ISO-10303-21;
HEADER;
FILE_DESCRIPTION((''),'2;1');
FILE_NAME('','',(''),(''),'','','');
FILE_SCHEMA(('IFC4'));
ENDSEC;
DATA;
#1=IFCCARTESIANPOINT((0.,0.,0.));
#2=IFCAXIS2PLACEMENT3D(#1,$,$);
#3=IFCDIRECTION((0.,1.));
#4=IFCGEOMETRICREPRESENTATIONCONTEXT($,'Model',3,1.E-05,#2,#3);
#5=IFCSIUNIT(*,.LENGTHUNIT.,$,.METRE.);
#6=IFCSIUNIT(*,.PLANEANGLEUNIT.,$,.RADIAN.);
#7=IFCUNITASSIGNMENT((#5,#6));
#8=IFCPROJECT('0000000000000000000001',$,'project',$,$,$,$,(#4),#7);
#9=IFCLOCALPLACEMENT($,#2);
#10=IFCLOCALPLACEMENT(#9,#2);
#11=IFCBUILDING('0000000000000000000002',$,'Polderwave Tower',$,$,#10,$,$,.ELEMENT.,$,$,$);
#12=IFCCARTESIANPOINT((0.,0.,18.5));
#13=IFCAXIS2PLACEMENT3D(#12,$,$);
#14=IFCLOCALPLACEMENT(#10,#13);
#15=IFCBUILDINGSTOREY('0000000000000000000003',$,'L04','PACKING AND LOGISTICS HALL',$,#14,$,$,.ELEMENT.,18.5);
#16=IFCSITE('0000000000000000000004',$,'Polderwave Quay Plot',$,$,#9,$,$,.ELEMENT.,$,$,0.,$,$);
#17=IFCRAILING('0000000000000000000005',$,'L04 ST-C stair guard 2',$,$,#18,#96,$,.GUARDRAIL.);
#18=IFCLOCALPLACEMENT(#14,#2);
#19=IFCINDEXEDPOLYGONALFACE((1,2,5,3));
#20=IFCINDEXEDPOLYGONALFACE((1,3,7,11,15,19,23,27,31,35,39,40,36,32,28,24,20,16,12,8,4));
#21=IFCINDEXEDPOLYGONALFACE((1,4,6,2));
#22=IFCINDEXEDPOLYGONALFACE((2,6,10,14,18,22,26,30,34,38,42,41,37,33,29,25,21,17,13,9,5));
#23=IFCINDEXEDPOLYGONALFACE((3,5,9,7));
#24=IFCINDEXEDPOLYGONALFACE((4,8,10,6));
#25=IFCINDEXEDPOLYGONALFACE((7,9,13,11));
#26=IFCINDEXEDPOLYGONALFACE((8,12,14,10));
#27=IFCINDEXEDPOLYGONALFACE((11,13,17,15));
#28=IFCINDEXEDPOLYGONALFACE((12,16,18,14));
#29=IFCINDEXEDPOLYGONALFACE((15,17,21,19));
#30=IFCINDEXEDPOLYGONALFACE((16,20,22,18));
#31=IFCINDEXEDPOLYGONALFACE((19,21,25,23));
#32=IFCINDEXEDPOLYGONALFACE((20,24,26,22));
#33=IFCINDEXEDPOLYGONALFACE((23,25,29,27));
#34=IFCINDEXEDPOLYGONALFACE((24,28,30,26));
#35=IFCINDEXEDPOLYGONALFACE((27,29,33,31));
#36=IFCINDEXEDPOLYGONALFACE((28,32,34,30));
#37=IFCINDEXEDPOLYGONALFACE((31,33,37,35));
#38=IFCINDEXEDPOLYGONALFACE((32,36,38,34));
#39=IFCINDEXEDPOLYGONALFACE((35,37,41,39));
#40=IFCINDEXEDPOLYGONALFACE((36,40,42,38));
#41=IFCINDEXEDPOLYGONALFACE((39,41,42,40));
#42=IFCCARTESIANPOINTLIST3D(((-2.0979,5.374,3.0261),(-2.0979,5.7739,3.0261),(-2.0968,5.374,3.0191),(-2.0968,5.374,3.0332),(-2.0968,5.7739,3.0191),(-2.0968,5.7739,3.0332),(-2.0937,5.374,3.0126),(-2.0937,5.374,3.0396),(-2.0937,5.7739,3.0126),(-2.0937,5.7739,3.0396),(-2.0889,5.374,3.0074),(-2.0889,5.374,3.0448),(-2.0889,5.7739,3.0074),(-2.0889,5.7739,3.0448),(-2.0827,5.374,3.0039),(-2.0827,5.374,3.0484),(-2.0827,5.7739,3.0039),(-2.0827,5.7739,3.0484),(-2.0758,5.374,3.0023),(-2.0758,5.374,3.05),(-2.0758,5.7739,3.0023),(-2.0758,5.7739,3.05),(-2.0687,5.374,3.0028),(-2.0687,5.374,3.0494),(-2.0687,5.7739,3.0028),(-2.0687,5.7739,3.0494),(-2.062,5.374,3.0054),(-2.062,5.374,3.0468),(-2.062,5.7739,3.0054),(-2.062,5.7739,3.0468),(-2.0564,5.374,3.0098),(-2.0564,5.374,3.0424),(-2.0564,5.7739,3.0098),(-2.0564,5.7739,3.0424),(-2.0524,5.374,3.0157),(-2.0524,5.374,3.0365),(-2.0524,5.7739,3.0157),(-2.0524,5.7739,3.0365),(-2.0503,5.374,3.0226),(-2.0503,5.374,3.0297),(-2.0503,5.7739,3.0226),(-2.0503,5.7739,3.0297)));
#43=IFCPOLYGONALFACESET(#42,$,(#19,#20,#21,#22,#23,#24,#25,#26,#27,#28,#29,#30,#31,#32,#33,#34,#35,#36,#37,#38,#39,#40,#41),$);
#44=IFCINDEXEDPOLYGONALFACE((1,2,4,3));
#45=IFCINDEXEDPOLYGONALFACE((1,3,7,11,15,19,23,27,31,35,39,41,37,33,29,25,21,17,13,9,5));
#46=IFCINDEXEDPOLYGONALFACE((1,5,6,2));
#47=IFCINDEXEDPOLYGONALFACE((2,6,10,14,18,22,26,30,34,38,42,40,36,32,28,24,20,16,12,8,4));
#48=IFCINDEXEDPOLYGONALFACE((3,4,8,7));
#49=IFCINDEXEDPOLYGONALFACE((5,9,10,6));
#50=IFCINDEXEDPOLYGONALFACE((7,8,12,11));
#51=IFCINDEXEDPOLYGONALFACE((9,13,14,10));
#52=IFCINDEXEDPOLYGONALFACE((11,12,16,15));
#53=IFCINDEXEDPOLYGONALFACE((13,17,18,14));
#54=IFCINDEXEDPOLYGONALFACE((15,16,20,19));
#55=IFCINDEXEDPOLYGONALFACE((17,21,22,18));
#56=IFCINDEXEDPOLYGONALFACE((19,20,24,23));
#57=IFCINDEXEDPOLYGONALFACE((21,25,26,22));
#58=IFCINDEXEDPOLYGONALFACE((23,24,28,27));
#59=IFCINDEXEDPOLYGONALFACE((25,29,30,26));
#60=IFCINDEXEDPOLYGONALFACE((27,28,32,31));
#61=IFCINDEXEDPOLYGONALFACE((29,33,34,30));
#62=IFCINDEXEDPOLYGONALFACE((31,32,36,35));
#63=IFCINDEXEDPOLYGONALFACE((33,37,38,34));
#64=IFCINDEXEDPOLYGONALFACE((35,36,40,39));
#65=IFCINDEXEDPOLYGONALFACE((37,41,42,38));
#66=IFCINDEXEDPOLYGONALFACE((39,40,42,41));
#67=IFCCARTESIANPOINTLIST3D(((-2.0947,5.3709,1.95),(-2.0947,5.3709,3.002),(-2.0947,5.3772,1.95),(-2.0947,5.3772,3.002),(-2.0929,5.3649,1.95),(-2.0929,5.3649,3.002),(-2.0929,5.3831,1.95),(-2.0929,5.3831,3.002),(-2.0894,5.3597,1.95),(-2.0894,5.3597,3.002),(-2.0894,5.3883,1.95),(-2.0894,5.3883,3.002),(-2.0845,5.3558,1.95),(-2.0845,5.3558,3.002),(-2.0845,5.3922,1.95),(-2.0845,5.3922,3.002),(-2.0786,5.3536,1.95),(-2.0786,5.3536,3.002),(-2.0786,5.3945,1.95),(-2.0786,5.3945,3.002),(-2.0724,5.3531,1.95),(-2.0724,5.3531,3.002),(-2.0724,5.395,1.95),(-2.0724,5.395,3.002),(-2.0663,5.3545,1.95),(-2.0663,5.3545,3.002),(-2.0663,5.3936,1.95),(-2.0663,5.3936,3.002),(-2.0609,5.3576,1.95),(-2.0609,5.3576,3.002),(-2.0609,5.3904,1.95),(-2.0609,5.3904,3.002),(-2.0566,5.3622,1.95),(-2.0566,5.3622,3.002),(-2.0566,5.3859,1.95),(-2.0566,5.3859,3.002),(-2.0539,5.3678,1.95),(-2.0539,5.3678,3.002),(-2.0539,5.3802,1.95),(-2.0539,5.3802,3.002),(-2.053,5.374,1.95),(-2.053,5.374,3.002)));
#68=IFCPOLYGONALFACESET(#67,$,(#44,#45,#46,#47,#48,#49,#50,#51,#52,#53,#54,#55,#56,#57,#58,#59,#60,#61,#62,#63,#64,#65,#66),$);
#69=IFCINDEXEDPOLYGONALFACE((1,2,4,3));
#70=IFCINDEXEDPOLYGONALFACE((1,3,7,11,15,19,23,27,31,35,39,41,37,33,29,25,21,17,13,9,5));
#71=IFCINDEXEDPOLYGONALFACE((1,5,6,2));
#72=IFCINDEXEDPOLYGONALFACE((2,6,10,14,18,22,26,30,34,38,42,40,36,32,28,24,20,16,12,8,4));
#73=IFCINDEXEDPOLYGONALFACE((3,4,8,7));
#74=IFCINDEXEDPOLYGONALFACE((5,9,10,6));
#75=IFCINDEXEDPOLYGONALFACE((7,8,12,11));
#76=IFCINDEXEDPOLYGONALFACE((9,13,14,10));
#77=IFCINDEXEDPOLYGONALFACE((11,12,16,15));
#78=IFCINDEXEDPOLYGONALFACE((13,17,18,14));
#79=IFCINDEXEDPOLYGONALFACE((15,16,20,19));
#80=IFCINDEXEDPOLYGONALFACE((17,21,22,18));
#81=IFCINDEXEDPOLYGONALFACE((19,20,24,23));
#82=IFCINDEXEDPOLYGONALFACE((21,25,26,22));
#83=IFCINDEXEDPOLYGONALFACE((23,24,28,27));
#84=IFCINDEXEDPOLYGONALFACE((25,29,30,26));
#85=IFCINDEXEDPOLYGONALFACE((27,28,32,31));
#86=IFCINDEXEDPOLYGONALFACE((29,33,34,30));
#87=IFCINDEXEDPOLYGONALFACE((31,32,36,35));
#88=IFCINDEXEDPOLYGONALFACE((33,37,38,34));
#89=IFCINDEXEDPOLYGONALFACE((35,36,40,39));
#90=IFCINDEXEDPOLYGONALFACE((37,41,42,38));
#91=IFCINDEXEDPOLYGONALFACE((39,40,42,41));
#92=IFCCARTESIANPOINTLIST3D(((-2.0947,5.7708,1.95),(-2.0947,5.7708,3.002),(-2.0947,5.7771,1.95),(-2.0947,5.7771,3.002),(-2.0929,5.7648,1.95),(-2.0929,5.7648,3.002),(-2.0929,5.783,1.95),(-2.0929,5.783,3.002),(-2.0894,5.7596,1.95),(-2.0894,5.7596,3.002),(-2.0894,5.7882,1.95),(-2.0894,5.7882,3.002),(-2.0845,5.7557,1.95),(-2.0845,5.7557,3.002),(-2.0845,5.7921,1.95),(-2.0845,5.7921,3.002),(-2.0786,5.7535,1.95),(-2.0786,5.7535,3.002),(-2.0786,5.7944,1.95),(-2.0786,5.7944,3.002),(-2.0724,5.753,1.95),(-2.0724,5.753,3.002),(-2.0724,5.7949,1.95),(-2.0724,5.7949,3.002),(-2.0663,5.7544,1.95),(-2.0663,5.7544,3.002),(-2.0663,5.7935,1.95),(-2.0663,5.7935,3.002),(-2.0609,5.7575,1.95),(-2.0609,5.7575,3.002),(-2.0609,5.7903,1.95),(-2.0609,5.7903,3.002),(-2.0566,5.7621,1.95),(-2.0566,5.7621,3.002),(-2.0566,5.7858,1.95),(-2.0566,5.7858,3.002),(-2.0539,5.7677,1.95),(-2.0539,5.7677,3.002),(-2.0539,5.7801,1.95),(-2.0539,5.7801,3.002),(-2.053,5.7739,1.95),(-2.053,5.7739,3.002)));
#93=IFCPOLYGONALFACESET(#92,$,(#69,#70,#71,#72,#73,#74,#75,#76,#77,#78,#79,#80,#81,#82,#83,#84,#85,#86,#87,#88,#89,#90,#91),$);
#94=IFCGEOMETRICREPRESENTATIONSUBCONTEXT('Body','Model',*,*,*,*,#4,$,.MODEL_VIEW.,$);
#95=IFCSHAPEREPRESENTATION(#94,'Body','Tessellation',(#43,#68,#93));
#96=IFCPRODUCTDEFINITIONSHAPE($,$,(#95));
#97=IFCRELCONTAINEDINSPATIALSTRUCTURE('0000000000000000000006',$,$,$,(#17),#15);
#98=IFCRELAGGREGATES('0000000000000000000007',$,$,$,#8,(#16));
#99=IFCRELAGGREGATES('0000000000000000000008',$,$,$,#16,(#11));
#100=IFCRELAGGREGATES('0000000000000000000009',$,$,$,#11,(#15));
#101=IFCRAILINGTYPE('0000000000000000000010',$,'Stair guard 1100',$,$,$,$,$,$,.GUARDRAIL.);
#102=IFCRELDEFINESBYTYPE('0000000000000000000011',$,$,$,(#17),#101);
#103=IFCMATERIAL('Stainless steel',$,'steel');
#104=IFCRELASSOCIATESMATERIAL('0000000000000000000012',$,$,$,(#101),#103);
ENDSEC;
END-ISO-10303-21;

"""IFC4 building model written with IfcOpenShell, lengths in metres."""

from ifc_helpers import new_model, si_unit, direction, frame, origin, origin_2d, place, context, subcontext, project, spatial, circle, extrude, material, type_object, element, save


model = new_model("IFC4")

# Units and contexts
model_context = context("Model", 3, precision=1e-05, world=origin(), true_north=direction((0.0, 1.0)))
body_context = subcontext(model_context, "Body", "Model", "MODEL_VIEW")
ifc_project = project(units=[si_unit("LENGTHUNIT", "METRE"), si_unit("PLANEANGLEUNIT", "RADIAN")], contexts=[model_context])

# Site, building, storey
site_placement = place(None, origin())
site = spatial("IfcSite", under=ifc_project, at=site_placement, Name="Polderwave Quay Plot", CompositionType="ELEMENT", RefElevation=0.0)
building_placement = place(site_placement, origin())
building = spatial("IfcBuilding", under=site, at=building_placement, Name="Polderwave Tower", CompositionType="ELEMENT")
storey_placement = place(building_placement, frame((0.0, 0.0, 18.5)))
storey = spatial("IfcBuildingStorey", under=building, at=storey_placement, Name="L04", Description="PACKING AND LOGISTICS HALL", CompositionType="ELEMENT", Elevation=18.5)

# Railing
ifc_material_1 = material(Name="Stainless steel", Category="steel")
railing_type_1 = type_object("IfcRailingType", Name="Stair guard 1100", PredefinedType="GUARDRAIL", material=ifc_material_1)
railing_1_placement = place(storey_placement, frame((-2.074, 5.374, 1.95)))
element("IfcRailing", 1, at=railing_1_placement, inside=storey, type_object=railing_type_1, Name="L04 ST-C stair guard 2", PredefinedType="GUARDRAIL", context=body_context, shape_type="SweptSolid", body=[
    extrude(circle(Radius=0.0239, at=origin_2d()), frame((0.0, 0.0, 1.0762), z_axis=(0.0, 1.0, 0.0), x_axis=(-1.0, 0.0, 0.0)), (0.0, 0.0, 1.0), 0.3999),
    extrude(circle(Radius=0.021, at=origin_2d()), origin(), (0.0, 0.0, 1.0), 1.052),
    extrude(circle(Radius=0.021, at=origin_2d()), frame((0.0, 0.3999, 0.0)), (0.0, 0.0, 1.0), 1.052),
])

save(model, "model.ifc")
